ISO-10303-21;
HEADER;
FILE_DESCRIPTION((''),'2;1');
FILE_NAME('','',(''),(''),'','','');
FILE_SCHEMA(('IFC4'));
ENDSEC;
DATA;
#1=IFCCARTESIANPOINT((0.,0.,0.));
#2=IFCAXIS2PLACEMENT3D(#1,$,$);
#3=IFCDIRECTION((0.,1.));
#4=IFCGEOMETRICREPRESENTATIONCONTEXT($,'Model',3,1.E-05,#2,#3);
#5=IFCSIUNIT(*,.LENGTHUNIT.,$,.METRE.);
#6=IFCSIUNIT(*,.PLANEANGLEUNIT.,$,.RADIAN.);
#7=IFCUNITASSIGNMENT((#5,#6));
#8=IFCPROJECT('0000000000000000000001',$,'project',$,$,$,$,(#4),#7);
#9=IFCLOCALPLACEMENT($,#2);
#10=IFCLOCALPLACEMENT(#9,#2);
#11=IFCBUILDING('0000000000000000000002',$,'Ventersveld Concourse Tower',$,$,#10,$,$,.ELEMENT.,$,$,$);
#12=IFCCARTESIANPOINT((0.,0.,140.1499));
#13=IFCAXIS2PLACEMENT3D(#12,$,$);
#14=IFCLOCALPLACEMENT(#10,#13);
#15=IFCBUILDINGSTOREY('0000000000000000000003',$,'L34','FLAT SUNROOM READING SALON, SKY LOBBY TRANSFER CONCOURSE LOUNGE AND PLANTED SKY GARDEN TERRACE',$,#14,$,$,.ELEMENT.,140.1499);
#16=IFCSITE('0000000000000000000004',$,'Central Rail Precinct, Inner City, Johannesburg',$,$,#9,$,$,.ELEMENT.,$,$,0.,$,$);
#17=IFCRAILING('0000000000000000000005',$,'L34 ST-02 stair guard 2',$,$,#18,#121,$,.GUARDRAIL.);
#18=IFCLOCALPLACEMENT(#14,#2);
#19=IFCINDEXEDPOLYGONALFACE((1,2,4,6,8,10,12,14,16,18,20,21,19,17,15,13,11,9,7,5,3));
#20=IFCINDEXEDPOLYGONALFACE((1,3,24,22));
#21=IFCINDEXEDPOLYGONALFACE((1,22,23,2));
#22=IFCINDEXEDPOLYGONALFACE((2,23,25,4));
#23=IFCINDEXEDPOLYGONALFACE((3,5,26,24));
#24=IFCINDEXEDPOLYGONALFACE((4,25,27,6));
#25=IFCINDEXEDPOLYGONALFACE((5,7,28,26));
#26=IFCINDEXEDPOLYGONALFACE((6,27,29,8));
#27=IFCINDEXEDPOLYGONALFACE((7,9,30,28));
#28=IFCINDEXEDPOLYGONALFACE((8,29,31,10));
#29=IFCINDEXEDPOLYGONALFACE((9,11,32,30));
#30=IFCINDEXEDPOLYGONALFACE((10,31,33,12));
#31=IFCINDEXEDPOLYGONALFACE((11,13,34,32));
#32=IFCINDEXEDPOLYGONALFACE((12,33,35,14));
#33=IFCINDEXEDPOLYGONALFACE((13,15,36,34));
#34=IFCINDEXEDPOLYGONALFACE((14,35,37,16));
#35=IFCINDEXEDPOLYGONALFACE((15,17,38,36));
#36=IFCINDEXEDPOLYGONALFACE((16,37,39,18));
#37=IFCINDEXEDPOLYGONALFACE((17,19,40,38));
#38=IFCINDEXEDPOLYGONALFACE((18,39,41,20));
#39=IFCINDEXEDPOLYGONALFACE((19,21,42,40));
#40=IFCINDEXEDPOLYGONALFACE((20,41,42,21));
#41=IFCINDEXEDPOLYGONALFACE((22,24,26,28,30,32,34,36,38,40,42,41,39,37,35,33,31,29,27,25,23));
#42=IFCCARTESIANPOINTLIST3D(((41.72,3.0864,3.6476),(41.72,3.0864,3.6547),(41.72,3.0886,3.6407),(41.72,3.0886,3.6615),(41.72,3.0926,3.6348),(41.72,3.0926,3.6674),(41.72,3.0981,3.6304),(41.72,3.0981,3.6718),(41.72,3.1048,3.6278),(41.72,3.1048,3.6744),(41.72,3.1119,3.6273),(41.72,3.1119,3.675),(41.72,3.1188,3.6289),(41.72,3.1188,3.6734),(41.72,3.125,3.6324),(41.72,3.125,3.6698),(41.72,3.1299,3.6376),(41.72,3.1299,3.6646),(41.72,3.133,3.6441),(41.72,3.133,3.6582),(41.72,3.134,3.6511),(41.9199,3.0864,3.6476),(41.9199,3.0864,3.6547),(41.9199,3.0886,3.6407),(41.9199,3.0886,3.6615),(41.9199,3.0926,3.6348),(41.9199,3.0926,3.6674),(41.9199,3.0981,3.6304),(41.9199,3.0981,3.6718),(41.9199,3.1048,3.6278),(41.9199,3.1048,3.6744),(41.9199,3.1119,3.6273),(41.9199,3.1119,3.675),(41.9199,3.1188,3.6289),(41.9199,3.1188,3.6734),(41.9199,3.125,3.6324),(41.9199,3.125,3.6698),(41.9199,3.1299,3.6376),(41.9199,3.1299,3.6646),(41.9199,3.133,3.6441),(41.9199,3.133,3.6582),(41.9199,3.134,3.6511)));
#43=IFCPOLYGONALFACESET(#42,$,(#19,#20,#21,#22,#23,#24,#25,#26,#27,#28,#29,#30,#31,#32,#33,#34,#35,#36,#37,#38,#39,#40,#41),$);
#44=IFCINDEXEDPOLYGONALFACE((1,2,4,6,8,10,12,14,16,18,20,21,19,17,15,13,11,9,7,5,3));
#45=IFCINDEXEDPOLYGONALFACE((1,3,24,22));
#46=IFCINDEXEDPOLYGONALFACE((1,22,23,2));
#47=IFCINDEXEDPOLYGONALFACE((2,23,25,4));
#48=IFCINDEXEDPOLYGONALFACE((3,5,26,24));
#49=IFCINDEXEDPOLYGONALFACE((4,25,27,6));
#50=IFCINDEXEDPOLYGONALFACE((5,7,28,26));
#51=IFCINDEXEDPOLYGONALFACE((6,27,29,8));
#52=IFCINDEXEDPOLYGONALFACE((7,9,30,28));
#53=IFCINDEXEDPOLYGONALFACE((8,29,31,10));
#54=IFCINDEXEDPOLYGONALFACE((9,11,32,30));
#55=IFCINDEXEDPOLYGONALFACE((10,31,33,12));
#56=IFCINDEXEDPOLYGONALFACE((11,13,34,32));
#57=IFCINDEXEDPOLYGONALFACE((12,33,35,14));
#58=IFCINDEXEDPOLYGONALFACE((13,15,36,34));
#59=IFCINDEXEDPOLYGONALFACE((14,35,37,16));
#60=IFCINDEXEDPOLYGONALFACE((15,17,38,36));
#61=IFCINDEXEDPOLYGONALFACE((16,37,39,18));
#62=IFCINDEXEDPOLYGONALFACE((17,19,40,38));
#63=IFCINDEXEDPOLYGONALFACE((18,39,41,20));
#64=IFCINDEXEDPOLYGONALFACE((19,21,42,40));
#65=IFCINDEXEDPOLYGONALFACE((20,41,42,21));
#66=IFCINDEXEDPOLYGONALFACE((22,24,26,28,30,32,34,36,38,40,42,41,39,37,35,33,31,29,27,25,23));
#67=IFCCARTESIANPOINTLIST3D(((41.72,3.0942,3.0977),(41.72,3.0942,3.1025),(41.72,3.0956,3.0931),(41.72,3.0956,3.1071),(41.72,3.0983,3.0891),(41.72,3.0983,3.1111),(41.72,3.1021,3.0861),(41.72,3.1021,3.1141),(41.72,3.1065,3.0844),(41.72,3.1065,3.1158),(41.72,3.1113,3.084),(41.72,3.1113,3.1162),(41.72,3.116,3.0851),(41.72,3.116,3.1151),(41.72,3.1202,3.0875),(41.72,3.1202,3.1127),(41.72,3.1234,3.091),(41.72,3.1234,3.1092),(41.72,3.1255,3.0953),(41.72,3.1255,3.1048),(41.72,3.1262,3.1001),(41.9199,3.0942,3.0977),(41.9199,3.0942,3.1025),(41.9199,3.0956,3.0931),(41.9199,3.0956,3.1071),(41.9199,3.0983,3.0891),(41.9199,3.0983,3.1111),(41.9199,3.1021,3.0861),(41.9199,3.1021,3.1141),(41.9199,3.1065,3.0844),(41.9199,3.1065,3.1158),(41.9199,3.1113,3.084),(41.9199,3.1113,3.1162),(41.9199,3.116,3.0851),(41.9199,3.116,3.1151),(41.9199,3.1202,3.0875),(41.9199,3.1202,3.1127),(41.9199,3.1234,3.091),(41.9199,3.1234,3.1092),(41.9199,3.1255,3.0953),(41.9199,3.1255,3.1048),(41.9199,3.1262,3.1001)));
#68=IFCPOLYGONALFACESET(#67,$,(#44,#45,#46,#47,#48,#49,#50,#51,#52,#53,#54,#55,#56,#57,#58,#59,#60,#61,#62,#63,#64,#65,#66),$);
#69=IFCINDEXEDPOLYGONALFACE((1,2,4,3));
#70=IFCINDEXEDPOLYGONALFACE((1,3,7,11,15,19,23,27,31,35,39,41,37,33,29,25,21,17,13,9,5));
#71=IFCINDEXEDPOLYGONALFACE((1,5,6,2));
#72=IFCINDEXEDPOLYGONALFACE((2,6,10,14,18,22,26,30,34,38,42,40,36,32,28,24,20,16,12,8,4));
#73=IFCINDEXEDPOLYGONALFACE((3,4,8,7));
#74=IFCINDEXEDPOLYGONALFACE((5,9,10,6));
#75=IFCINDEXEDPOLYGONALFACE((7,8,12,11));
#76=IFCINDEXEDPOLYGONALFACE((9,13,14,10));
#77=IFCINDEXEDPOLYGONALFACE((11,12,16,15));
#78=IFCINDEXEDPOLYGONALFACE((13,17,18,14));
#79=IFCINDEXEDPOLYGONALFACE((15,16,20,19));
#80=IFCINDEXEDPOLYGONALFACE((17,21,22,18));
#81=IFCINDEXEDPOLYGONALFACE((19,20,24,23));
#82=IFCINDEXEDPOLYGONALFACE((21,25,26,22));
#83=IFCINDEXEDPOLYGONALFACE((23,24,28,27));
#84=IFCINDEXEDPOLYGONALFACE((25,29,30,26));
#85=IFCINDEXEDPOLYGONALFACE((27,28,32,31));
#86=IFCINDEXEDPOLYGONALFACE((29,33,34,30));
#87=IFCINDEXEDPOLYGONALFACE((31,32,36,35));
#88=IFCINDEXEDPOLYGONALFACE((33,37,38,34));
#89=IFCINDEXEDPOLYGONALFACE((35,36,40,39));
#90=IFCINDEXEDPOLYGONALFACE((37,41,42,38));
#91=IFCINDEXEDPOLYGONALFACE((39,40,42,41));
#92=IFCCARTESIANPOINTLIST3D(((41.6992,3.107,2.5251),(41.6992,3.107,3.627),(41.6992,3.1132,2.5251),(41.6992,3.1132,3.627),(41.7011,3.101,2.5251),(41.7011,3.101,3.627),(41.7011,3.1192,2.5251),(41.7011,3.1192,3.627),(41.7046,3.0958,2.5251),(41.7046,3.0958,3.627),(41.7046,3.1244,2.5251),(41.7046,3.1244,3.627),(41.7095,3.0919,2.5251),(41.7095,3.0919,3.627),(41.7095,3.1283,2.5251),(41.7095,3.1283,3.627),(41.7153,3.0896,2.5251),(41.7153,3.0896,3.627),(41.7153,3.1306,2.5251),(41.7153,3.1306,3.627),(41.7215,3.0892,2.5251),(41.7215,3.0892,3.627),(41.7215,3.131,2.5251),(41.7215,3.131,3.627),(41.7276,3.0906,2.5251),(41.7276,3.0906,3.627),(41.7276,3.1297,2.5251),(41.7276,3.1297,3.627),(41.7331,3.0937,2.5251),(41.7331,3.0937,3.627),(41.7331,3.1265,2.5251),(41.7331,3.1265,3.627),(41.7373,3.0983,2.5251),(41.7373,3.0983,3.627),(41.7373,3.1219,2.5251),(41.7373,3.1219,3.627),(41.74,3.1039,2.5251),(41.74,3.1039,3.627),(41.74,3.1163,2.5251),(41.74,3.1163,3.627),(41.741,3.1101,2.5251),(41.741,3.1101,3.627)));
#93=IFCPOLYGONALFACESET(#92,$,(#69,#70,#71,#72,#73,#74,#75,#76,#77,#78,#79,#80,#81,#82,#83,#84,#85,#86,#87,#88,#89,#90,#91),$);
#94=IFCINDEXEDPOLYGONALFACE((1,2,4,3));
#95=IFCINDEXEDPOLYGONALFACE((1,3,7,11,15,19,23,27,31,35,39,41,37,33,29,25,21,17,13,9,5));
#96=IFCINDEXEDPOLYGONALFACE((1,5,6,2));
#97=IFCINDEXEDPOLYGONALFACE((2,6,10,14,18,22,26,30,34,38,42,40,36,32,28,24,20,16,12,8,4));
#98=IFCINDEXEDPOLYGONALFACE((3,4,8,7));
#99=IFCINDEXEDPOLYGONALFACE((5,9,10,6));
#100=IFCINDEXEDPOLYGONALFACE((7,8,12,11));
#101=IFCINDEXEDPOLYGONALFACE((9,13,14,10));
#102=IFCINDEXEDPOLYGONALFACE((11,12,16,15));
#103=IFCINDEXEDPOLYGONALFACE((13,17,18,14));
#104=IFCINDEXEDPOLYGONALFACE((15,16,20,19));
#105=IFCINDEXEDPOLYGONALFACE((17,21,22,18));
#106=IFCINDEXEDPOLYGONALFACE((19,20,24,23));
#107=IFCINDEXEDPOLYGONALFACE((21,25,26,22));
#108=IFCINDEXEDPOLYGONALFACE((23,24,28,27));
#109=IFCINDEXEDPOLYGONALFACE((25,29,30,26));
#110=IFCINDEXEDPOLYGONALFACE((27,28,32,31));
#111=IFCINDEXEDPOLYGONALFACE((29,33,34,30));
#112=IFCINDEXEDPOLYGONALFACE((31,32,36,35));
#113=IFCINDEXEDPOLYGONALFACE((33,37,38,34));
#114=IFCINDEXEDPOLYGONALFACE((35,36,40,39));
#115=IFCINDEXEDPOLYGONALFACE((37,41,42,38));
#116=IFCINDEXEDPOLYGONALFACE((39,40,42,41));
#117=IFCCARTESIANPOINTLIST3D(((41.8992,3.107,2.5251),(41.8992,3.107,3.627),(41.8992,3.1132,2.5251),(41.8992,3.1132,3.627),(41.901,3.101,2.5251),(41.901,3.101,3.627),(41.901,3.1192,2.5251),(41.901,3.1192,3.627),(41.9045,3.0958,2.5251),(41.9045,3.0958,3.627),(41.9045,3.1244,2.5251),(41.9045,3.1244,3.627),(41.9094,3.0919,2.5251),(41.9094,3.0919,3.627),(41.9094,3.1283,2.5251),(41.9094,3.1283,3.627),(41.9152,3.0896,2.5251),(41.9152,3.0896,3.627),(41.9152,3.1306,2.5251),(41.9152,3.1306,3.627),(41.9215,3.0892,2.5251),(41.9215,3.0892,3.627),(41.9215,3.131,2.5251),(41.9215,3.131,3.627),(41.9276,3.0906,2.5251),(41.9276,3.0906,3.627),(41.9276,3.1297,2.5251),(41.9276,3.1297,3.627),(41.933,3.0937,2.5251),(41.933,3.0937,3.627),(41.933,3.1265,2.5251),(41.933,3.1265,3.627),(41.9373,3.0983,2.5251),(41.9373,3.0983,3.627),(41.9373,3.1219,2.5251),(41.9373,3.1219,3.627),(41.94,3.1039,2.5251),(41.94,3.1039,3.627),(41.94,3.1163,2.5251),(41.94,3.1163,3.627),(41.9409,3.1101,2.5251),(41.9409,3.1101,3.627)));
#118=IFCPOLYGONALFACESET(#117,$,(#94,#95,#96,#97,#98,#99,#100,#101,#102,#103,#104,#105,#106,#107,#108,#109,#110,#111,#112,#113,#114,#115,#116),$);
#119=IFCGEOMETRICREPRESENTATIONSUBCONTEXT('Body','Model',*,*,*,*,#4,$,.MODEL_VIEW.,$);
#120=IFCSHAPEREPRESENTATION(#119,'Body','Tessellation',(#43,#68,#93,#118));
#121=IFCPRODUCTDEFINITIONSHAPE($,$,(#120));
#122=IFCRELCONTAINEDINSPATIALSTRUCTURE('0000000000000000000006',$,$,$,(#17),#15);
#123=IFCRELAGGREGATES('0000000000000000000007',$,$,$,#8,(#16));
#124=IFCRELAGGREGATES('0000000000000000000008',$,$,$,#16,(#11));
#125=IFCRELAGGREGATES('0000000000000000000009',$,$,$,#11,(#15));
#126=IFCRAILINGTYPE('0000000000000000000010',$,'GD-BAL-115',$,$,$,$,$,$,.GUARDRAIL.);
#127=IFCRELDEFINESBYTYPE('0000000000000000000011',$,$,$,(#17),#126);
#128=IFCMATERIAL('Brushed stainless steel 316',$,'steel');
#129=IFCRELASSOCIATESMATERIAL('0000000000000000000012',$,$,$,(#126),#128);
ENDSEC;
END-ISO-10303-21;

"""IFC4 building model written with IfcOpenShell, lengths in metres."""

from ifc_helpers import new_model, si_unit, direction, frame, origin, origin_2d, place, context, subcontext, project, spatial, circle, extrude, material, type_object, element, save


model = new_model("IFC4")

# Units and contexts
model_context = context("Model", 3, precision=1e-05, world=origin(), true_north=direction((0.0, 1.0)))
body_context = subcontext(model_context, "Body", "Model", "MODEL_VIEW")
ifc_project = project(units=[si_unit("LENGTHUNIT", "METRE"), si_unit("PLANEANGLEUNIT", "RADIAN")], contexts=[model_context])

# Site, building, storey
site_placement = place(None, origin())
site = spatial("IfcSite", under=ifc_project, at=site_placement, Name="Central Rail Precinct, Inner City, Johannesburg", CompositionType="ELEMENT", RefElevation=0.0)
building_placement = place(site_placement, origin())
building = spatial("IfcBuilding", under=site, at=building_placement, Name="Ventersveld Concourse Tower", CompositionType="ELEMENT")
storey_placement = place(building_placement, frame((0.0, 0.0, 140.1499)))
storey = spatial("IfcBuildingStorey", under=building, at=storey_placement, Name="L34", Description="FLAT SUNROOM READING SALON, SKY LOBBY TRANSFER CONCOURSE LOUNGE AND PLANTED SKY GARDEN TERRACE", CompositionType="ELEMENT", Elevation=140.1499)

# Railing
ifc_material_1 = material(Name="Brushed stainless steel 316", Category="steel")
railing_type_1 = type_object("IfcRailingType", Name="GD-BAL-115", PredefinedType="GUARDRAIL", material=ifc_material_1)
railing_1_placement = place(storey_placement, frame((41.72, 3.1101, 2.5251)))
element("IfcRailing", 1, at=railing_1_placement, inside=storey, type_object=railing_type_1, Name="L34 ST-02 stair guard 2", PredefinedType="GUARDRAIL", context=body_context, shape_type="SweptSolid", body=[
    extrude(circle(Radius=0.0239, at=origin_2d()), frame((0.0, 0.0, 1.126), z_axis=(1.0, 0.0, 0.0), x_axis=(0.0, 1.0, 0.0)), (0.0, 0.0, 1.0), 0.2),
    extrude(circle(Radius=0.0161, at=origin_2d()), frame((0.0, 0.0, 0.575), z_axis=(1.0, 0.0, 0.0), x_axis=(0.0, 1.0, 0.0)), (0.0, 0.0, 1.0), 0.2),
    extrude(circle(Radius=0.021, at=origin_2d()), origin(), (0.0, 0.0, 1.0), 1.1018),
    extrude(circle(Radius=0.021, at=origin_2d()), frame((0.2, 0.0, 0.0)), (0.0, 0.0, 1.0), 1.1018),
])

save(model, "model.ifc")
